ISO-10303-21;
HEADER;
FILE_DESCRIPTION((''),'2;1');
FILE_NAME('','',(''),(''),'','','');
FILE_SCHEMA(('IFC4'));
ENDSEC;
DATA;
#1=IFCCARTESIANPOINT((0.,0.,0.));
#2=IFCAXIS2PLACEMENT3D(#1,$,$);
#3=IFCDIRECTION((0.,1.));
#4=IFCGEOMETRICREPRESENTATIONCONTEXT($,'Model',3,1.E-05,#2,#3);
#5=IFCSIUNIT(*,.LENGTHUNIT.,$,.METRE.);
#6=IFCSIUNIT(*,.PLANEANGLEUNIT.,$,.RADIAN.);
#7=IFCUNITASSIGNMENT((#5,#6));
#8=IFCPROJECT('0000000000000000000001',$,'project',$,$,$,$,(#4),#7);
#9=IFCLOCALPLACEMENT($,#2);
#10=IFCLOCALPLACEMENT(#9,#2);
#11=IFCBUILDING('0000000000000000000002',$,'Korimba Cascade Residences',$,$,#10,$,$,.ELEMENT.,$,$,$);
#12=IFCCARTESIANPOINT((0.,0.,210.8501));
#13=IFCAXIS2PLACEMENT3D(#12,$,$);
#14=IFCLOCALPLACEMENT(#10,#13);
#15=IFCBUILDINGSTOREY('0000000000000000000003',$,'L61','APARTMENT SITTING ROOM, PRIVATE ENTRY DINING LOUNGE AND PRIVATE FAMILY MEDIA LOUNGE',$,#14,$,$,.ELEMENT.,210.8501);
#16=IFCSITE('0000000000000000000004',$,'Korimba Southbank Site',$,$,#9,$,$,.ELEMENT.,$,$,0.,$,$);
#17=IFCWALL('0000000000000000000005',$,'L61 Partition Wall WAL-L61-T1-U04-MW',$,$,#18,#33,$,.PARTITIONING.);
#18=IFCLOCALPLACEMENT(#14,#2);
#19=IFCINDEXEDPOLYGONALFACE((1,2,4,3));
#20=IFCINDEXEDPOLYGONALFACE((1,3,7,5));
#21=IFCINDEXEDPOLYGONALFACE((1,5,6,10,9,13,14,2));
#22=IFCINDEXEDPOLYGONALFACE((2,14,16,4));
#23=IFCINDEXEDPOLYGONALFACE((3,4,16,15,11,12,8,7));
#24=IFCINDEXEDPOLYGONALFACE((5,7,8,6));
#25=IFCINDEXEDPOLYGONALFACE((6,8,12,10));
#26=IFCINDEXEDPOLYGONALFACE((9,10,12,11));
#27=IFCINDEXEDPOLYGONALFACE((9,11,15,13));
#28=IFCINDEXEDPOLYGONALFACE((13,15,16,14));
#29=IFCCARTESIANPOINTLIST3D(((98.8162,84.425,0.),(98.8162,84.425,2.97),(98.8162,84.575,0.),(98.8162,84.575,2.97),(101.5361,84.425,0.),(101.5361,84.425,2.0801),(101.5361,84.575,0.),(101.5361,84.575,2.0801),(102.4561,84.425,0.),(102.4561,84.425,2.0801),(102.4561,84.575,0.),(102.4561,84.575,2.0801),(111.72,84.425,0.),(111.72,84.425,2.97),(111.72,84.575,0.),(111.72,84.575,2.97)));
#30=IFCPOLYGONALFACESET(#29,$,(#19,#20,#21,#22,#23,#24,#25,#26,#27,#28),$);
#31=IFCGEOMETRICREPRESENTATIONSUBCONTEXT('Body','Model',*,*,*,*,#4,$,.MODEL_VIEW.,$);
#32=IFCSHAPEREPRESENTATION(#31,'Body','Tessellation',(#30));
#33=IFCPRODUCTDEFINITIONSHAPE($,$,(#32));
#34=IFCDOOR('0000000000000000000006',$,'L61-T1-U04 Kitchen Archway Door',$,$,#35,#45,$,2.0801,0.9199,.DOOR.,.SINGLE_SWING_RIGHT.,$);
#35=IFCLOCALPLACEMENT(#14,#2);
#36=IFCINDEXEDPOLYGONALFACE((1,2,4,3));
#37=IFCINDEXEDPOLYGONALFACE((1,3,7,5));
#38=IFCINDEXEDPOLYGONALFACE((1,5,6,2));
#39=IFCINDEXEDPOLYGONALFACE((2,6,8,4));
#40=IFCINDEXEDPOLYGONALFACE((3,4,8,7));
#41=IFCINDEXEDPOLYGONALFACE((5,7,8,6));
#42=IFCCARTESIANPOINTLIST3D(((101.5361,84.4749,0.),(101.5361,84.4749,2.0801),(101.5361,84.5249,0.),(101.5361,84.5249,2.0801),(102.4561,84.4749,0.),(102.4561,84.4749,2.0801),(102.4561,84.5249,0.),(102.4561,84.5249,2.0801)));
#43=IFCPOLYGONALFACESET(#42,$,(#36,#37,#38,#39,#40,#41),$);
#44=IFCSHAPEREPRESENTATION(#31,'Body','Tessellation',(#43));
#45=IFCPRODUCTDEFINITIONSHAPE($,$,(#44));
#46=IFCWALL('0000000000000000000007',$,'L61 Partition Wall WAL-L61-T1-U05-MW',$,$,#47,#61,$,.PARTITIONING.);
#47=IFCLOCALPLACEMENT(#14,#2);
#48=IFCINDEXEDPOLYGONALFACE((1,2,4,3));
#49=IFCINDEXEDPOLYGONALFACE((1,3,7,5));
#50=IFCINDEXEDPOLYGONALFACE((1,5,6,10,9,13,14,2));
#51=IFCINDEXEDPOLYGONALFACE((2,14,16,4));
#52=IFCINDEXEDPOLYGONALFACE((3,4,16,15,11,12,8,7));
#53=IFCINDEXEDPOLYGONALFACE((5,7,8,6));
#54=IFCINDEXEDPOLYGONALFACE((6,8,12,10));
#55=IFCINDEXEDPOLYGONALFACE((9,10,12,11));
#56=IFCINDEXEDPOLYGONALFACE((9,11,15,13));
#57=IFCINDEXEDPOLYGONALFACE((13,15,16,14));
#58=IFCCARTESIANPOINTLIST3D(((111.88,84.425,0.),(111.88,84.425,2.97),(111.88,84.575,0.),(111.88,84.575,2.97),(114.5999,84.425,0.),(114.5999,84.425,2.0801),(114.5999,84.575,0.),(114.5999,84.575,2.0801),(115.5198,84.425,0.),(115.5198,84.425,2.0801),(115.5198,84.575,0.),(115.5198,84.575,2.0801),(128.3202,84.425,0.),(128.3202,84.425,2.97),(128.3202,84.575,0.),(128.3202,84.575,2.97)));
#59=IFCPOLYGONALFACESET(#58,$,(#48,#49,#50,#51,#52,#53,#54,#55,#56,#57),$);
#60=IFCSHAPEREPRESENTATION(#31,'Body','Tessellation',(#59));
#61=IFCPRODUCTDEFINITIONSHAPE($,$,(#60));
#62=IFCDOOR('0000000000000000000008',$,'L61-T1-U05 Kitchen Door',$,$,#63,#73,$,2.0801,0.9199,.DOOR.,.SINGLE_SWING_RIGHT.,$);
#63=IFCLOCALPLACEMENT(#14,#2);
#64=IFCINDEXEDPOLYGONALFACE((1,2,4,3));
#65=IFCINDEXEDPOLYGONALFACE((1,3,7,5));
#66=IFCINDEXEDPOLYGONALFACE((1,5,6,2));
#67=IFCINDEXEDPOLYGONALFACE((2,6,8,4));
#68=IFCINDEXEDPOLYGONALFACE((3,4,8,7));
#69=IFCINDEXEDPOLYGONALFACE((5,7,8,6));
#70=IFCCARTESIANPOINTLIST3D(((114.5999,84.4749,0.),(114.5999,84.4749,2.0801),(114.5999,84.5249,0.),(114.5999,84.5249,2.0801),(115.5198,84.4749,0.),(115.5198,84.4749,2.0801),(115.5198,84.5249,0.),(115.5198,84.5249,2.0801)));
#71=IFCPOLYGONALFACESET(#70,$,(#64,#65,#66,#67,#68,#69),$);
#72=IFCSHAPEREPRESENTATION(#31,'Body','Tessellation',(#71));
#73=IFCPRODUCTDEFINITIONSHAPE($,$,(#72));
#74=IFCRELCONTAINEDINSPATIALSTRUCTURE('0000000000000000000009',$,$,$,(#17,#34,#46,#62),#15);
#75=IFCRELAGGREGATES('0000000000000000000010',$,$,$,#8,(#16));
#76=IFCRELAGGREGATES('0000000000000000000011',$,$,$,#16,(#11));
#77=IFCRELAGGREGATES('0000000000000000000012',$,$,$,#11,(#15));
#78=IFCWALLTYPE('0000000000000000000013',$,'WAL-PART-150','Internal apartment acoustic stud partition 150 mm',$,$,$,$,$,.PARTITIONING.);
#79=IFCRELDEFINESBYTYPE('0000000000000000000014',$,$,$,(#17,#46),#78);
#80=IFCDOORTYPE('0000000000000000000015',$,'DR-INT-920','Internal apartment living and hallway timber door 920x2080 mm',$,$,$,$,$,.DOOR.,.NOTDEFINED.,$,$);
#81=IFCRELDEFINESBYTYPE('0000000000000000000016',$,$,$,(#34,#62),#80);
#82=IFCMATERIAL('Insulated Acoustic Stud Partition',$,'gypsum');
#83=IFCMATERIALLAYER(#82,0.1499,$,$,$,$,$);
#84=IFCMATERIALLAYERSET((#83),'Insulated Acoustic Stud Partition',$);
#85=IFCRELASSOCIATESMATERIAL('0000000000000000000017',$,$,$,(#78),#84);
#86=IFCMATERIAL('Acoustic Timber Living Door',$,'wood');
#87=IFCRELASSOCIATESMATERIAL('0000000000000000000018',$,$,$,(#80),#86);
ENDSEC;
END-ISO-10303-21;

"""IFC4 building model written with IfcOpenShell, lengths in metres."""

from ifc_helpers import new_model, si_unit, direction, frame, frame_2d, origin, place, context, subcontext, project, spatial, rectangle, extrude, material, layer, layer_set, type_object, element, fill, save


model = new_model("IFC4")

# Units and contexts
model_context = context("Model", 3, precision=1e-05, world=origin(), true_north=direction((0.0, 1.0)))
body_context = subcontext(model_context, "Body", "Model", "MODEL_VIEW")
ifc_project = project(units=[si_unit("LENGTHUNIT", "METRE"), si_unit("PLANEANGLEUNIT", "RADIAN")], contexts=[model_context])

# Site, building, storey
site_placement = place(None, origin())
site = spatial("IfcSite", under=ifc_project, at=site_placement, Name="Korimba Southbank Site", CompositionType="ELEMENT", RefElevation=0.0)
building_placement = place(site_placement, origin())
building = spatial("IfcBuilding", under=site, at=building_placement, Name="Korimba Cascade Residences", CompositionType="ELEMENT")
storey_placement = place(building_placement, frame((0.0, 0.0, 210.8501)))
storey = spatial("IfcBuildingStorey", under=building, at=storey_placement, Name="L61", Description="APARTMENT SITTING ROOM, PRIVATE ENTRY DINING LOUNGE AND PRIVATE FAMILY MEDIA LOUNGE", CompositionType="ELEMENT", Elevation=210.8501)

# Walls, openings, doors
ifc_material_1 = material(Name="Insulated Acoustic Stud Partition", Category="gypsum")
ifc_layer_1 = layer(ifc_material_1, 0.1499)
ifc_layer_set_1 = layer_set([ifc_layer_1], Name="Insulated Acoustic Stud Partition")
wall_type_1 = type_object("IfcWallType", Name="WAL-PART-150", Description="Internal apartment acoustic stud partition 150 mm", PredefinedType="PARTITIONING", material=ifc_layer_set_1)
wall_1_placement = place(storey_placement, frame((98.8162, 84.5, 0.0), z_axis=(0.0, 0.0, 1.0), x_axis=(1.0, 0.0, 0.0)))
wall_1 = element("IfcWall", 1, at=wall_1_placement, inside=storey, type_object=wall_type_1, Name="L61 Partition Wall WAL-L61-T1-U04-MW", PredefinedType="PARTITIONING", context=body_context, shape_type="SweptSolid", body=[
    extrude(rectangle(XDim=12.9038, YDim=0.1499, at=frame_2d((6.4519, 0.0))), origin(), (0.0, 0.0, 1.0), 2.97),
])
opening_1_placement = place(wall_1_placement, frame((2.72, 0.0, 0.0)))
opening_1 = element("IfcOpeningElement", 2, at=opening_1_placement, cuts=wall_1, PredefinedType="OPENING", context=body_context, shape_type="SweptSolid", body=[
    extrude(rectangle(XDim=0.9199, YDim=2.0801, at=frame_2d((0.46, 1.04))), frame((0.0, 0.085, 0.0), z_axis=(0.0, -1.0, 0.0), x_axis=(1.0, 0.0, 0.0)), (0.0, 0.0, 1.0), 0.1699),
])
ifc_material_2 = material(Name="Acoustic Timber Living Door", Category="wood")
door_type_1 = type_object("IfcDoorType", Name="DR-INT-920", Description="Internal apartment living and hallway timber door 920x2080 mm", OperationType="NOTDEFINED", PredefinedType="DOOR", material=ifc_material_2)
door_1_placement = place(opening_1_placement, origin())
door_1 = element("IfcDoor", 3, at=door_1_placement, inside=storey, type_object=door_type_1, Name="L61-T1-U04 Kitchen Archway Door", OperationType="SINGLE_SWING_RIGHT", OverallHeight=2.0801, OverallWidth=0.9199, PredefinedType="DOOR", context=body_context, shape_type="SweptSolid", body=[
    extrude(rectangle(XDim=0.9199, YDim=2.0801, at=frame_2d((0.46, 1.04))), frame((0.0, 0.0249, 0.0), z_axis=(0.0, -1.0, 0.0), x_axis=(1.0, 0.0, 0.0)), (0.0, 0.0, 1.0), 0.05),
])
fill(opening_1, door_1)
wall_2_placement = place(storey_placement, frame((111.8799, 84.5, 0.0), z_axis=(0.0, 0.0, 1.0), x_axis=(1.0, 0.0, 0.0)))
wall_2 = element("IfcWall", 4, at=wall_2_placement, inside=storey, type_object=wall_type_1, Name="L61 Partition Wall WAL-L61-T1-U05-MW", PredefinedType="PARTITIONING", context=body_context, shape_type="SweptSolid", body=[
    extrude(rectangle(XDim=16.4402, YDim=0.1499, at=frame_2d((8.2202, 0.0))), origin(), (0.0, 0.0, 1.0), 2.97),
])
opening_2_placement = place(wall_2_placement, frame((2.72, 0.0, 0.0)))
opening_2 = element("IfcOpeningElement", 5, at=opening_2_placement, cuts=wall_2, PredefinedType="OPENING", context=body_context, shape_type="SweptSolid", body=[
    extrude(rectangle(XDim=0.9199, YDim=2.0801, at=frame_2d((0.46, 1.04))), frame((0.0, 0.085, 0.0), z_axis=(0.0, -1.0, 0.0), x_axis=(1.0, 0.0, 0.0)), (0.0, 0.0, 1.0), 0.1699),
])
door_2_placement = place(opening_2_placement, origin())
door_2 = element("IfcDoor", 6, at=door_2_placement, inside=storey, type_object=door_type_1, Name="L61-T1-U05 Kitchen Door", OperationType="SINGLE_SWING_RIGHT", OverallHeight=2.0801, OverallWidth=0.9199, PredefinedType="DOOR", context=body_context, shape_type="SweptSolid", body=[
    extrude(rectangle(XDim=0.9199, YDim=2.0801, at=frame_2d((0.46, 1.04))), frame((0.0, 0.0249, 0.0), z_axis=(0.0, -1.0, 0.0), x_axis=(1.0, 0.0, 0.0)), (0.0, 0.0, 1.0), 0.05),
])
fill(opening_2, door_2)

save(model, "model.ifc")
